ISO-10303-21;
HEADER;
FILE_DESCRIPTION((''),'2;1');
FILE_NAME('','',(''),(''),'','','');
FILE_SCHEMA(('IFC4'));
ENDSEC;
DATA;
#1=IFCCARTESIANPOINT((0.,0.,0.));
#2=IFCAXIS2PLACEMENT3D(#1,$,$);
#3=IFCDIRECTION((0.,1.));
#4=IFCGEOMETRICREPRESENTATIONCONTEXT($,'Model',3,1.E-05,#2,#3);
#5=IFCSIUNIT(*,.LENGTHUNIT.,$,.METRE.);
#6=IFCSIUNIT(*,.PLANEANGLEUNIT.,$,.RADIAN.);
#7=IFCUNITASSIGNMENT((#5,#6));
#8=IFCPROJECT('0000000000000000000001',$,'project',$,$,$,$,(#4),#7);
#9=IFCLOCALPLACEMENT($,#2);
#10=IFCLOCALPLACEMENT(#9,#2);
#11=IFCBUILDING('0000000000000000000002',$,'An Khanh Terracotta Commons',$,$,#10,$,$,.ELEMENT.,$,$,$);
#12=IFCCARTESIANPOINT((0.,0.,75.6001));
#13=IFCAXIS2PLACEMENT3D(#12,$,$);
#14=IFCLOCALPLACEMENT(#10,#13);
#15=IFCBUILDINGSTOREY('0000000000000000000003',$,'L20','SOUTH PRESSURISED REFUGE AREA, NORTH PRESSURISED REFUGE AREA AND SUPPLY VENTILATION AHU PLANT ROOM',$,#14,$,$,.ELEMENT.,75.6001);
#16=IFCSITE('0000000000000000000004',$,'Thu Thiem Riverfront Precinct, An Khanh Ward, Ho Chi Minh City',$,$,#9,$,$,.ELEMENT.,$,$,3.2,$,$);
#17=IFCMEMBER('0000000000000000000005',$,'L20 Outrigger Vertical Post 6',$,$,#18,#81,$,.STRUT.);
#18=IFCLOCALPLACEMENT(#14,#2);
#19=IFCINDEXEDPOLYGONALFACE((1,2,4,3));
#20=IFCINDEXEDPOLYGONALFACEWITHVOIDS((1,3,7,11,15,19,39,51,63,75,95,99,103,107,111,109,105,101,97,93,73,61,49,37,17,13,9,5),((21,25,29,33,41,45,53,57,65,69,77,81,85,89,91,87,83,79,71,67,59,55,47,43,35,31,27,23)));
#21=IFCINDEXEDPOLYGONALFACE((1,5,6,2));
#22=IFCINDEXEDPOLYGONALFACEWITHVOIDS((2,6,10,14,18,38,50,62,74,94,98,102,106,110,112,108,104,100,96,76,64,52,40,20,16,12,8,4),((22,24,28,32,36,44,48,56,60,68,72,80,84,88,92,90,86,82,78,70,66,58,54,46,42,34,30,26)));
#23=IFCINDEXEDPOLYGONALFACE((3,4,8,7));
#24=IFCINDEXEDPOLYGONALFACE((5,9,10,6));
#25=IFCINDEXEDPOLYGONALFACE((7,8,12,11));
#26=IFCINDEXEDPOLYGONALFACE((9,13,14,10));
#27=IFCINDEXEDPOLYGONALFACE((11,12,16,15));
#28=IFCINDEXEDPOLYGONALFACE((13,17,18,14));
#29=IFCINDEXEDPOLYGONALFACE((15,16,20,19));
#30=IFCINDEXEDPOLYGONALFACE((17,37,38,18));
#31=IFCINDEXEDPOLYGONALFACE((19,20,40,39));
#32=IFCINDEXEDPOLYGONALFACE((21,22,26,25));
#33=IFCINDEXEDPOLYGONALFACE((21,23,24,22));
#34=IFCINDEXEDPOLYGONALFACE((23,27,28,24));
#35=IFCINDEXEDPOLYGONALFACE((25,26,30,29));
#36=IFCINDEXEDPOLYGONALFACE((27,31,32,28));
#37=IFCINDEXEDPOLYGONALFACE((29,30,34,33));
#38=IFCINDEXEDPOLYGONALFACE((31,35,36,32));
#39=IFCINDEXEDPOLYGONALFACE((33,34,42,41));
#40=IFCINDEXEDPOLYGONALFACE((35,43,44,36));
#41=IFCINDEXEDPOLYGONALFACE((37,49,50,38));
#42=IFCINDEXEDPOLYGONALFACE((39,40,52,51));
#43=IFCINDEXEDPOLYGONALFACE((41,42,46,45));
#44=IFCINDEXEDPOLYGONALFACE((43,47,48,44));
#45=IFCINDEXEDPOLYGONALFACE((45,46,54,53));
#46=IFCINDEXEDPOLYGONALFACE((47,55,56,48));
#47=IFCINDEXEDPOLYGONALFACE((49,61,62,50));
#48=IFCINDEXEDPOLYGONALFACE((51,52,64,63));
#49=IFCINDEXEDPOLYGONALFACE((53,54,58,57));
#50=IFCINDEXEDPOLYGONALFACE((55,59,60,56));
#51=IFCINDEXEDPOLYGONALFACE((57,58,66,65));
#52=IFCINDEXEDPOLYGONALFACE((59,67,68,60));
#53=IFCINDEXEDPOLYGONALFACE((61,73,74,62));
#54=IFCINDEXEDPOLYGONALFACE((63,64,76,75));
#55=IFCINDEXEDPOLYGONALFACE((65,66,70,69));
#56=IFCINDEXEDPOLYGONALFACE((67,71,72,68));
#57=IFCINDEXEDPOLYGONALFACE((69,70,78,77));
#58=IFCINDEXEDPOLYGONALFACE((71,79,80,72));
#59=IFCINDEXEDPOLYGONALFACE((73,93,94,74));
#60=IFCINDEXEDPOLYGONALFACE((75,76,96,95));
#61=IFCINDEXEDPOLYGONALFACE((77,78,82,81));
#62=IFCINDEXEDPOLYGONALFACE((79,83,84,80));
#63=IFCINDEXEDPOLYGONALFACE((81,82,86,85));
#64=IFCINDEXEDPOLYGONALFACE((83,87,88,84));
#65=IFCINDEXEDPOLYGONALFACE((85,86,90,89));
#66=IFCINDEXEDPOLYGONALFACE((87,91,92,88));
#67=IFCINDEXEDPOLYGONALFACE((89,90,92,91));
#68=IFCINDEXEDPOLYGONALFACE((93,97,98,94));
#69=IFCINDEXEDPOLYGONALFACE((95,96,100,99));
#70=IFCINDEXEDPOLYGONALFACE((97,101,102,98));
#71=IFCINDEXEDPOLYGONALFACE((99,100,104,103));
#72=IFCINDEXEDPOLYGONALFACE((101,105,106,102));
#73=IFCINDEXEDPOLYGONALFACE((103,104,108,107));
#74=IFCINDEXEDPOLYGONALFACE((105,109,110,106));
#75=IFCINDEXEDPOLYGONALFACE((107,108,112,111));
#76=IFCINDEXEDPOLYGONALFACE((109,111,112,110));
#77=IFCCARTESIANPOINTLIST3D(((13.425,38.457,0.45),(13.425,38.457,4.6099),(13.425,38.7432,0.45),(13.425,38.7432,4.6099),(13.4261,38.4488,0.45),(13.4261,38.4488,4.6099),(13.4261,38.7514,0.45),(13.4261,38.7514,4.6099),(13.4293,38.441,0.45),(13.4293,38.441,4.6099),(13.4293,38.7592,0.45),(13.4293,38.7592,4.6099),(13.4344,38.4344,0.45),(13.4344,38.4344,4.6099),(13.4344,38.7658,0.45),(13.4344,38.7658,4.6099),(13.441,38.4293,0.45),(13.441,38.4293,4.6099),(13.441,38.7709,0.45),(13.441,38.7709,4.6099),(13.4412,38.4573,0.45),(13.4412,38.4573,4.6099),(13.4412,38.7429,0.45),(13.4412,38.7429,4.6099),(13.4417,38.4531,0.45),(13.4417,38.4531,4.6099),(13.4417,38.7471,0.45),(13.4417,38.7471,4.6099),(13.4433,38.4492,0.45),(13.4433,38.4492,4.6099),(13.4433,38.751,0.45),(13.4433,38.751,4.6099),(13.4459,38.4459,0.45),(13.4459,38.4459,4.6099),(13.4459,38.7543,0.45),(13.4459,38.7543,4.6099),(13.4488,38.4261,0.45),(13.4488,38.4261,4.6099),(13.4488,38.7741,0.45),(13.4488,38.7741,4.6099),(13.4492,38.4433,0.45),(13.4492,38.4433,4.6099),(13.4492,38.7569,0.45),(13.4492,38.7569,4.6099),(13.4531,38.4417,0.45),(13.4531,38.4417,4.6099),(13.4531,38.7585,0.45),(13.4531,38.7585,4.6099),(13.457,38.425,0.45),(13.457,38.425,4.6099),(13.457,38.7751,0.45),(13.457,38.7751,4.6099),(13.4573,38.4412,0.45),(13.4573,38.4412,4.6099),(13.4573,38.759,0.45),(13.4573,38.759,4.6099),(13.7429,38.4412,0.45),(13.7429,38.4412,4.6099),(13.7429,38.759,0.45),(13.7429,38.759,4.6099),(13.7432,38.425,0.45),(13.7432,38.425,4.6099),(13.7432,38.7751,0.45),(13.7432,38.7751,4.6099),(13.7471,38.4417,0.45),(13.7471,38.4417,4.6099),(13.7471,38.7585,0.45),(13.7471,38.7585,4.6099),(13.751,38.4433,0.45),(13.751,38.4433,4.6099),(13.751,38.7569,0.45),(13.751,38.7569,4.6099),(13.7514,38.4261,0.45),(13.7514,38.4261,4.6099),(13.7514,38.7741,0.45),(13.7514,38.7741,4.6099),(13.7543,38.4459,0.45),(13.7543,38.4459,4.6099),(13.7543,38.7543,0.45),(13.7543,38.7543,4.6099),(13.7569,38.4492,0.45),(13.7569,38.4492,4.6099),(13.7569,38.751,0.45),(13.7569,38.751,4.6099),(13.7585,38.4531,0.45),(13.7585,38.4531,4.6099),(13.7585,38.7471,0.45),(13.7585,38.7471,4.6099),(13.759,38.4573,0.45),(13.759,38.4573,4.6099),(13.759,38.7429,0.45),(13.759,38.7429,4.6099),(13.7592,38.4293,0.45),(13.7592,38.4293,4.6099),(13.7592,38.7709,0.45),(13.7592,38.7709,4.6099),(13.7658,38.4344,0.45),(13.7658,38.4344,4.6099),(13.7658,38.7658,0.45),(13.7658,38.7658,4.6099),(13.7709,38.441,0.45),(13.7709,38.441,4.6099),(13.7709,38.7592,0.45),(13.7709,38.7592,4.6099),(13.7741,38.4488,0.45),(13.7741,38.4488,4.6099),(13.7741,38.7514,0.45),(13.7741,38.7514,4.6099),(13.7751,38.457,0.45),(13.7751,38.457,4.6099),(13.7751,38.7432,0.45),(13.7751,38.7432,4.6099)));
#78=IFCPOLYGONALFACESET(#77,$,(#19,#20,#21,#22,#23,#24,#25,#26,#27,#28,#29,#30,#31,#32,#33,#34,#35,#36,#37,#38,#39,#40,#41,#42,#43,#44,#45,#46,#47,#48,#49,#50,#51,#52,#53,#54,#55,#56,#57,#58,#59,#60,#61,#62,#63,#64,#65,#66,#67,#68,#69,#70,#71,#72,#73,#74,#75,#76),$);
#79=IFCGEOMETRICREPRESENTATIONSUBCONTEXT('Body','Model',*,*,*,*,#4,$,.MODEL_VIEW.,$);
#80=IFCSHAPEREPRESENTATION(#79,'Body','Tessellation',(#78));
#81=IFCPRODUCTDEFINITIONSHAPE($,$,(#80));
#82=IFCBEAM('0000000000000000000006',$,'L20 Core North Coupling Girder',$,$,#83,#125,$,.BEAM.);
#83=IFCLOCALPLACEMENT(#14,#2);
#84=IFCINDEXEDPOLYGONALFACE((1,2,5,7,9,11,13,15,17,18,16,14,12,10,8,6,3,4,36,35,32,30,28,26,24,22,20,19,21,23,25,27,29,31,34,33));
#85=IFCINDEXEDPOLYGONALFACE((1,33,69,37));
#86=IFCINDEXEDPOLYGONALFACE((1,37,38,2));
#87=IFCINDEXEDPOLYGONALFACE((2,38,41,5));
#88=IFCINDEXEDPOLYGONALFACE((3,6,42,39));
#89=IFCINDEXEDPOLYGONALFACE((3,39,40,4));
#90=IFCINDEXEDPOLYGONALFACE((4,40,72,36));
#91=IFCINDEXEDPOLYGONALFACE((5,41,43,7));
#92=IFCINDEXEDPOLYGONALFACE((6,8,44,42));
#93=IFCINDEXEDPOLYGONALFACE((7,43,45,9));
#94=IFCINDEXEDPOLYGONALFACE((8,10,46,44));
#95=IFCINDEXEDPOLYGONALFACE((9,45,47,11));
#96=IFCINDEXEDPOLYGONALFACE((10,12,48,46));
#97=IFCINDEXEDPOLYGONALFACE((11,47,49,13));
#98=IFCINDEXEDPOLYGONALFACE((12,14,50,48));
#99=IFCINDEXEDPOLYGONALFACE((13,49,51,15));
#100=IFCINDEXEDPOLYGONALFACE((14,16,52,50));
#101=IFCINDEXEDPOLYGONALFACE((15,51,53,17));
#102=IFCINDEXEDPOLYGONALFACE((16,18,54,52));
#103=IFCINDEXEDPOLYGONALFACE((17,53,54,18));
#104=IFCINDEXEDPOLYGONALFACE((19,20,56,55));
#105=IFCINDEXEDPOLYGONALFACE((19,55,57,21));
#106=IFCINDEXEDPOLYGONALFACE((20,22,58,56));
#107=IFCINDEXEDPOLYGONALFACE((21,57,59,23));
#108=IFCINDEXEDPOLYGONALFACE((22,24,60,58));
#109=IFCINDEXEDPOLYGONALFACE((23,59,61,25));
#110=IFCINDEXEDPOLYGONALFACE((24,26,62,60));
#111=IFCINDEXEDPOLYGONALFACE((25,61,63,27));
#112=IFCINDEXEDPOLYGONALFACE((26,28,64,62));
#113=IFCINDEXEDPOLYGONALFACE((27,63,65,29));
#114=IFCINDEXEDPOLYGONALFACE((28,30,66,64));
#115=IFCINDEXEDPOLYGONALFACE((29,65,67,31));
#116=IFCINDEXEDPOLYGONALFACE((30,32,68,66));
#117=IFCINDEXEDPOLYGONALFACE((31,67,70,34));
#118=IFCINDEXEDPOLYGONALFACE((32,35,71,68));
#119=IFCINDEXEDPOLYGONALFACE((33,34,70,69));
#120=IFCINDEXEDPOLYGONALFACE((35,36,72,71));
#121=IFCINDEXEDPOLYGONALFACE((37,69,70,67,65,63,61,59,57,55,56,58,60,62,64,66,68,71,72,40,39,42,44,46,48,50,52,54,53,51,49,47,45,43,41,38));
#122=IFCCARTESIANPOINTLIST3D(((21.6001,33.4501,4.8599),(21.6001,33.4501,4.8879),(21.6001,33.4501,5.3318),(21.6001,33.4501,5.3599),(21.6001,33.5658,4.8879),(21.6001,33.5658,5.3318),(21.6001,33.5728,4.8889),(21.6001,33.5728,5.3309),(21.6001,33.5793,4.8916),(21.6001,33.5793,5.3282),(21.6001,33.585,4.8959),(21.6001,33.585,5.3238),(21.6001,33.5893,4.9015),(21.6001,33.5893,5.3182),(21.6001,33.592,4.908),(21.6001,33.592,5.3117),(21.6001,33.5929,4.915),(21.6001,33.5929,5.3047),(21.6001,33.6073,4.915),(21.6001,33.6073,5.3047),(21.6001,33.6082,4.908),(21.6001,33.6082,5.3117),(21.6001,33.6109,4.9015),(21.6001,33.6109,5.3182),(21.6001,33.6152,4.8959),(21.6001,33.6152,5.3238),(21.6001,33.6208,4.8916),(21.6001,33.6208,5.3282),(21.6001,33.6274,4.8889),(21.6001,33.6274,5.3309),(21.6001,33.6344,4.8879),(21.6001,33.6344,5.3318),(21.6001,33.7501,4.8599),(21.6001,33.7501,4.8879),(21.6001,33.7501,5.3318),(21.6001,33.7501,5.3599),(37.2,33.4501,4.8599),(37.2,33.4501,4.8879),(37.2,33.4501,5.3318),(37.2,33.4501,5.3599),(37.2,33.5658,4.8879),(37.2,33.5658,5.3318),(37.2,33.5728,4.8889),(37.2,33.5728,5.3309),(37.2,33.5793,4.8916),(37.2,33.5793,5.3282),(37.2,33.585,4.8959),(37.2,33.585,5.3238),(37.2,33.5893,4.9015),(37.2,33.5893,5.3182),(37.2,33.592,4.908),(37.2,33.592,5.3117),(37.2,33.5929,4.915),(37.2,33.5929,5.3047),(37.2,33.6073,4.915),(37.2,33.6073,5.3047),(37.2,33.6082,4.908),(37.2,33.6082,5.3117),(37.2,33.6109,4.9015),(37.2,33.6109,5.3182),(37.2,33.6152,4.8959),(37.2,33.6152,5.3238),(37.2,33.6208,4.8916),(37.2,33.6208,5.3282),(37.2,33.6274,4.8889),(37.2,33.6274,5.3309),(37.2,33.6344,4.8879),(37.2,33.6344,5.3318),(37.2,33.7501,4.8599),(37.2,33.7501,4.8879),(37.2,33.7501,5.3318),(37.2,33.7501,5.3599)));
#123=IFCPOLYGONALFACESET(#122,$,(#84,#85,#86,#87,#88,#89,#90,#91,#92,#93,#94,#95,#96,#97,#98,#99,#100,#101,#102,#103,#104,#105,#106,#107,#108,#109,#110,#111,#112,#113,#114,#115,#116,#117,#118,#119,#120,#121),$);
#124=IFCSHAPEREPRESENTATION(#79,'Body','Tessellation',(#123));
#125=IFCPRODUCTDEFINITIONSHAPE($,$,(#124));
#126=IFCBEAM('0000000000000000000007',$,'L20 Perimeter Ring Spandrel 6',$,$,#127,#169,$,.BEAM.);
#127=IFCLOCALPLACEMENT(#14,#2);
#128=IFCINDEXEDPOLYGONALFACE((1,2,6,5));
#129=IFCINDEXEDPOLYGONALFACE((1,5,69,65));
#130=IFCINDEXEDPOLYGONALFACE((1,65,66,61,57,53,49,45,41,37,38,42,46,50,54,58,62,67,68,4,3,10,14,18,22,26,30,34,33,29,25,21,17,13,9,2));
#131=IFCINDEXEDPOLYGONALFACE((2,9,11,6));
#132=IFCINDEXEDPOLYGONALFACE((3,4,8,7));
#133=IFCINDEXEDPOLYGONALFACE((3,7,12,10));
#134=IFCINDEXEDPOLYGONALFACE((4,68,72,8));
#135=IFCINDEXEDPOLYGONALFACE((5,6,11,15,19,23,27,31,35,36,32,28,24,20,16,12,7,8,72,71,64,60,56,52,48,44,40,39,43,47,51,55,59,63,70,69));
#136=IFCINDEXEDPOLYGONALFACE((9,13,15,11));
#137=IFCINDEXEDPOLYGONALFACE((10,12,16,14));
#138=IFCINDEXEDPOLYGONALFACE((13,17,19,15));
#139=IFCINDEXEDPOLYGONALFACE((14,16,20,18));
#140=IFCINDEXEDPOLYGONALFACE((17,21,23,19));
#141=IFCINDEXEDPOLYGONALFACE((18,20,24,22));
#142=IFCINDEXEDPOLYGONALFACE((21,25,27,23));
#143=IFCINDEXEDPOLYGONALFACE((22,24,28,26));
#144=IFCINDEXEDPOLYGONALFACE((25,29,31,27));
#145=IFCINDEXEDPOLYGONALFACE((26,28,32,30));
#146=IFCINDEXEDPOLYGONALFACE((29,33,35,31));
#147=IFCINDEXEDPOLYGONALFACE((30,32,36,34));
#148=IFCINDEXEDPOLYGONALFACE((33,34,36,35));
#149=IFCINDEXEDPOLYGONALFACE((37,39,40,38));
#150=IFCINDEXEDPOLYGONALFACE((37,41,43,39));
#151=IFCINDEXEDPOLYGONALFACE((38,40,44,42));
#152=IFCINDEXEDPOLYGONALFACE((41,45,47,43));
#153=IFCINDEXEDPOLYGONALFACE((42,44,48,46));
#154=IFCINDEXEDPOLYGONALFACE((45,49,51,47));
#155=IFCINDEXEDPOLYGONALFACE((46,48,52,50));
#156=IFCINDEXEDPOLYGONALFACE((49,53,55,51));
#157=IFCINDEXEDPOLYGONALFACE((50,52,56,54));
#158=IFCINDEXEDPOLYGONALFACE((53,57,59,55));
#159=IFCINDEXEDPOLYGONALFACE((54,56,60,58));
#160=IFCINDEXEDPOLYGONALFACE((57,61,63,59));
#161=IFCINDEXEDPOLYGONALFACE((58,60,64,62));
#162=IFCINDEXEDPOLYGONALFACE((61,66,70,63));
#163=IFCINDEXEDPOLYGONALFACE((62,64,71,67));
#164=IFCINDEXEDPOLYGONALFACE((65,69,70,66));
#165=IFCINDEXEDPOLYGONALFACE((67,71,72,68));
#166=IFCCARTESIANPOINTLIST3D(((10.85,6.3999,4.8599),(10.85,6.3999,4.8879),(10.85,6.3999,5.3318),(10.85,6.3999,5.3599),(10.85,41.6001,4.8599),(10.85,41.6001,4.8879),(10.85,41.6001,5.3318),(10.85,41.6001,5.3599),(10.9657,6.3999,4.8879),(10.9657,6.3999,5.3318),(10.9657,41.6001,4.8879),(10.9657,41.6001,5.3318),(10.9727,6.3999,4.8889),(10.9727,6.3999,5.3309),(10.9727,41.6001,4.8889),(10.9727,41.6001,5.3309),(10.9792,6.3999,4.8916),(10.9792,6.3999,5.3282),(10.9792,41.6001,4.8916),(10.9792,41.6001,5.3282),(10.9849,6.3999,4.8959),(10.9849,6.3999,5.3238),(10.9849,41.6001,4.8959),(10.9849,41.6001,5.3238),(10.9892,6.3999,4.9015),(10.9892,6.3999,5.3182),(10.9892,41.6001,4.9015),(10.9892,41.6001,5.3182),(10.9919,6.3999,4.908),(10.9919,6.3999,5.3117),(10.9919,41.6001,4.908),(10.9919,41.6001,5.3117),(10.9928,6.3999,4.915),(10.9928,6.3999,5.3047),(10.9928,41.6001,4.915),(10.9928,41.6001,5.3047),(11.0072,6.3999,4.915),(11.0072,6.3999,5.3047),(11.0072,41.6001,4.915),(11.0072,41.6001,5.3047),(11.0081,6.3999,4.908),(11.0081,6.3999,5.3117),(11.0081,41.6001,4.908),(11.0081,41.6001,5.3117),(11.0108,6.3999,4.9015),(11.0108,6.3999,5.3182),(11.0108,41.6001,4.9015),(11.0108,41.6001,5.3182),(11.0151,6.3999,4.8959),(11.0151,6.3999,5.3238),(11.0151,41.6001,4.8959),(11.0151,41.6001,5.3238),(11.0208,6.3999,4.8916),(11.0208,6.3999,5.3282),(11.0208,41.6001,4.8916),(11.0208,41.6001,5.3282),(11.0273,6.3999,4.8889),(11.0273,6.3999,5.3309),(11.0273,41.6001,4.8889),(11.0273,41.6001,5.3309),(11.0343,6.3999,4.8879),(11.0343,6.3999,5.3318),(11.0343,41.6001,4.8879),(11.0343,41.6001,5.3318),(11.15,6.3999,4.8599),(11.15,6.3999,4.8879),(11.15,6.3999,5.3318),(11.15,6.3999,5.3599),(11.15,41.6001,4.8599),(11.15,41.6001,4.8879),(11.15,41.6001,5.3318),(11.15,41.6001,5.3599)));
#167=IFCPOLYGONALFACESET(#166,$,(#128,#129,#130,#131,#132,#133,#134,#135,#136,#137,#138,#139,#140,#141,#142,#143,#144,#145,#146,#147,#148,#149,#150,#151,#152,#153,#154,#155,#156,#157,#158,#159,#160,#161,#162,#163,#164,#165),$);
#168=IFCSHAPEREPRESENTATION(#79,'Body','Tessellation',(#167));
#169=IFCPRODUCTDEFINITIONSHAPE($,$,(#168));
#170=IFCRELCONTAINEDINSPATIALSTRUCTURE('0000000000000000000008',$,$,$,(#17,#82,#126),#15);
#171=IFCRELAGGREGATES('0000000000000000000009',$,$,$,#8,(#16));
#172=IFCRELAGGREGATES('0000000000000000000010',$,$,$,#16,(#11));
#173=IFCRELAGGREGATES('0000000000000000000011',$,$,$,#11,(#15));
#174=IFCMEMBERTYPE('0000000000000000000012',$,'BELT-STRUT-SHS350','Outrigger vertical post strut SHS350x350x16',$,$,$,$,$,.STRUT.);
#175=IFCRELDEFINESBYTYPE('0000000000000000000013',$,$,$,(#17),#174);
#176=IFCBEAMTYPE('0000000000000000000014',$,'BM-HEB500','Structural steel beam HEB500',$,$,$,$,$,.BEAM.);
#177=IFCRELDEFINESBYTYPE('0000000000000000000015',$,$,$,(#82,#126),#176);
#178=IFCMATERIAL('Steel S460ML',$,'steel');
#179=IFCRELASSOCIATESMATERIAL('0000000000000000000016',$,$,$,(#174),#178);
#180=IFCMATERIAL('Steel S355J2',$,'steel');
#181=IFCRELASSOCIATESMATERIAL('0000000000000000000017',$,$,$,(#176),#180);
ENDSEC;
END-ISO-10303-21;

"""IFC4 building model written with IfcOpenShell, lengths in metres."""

from ifc_helpers import new_model, si_unit, direction, frame, origin, origin_2d, place, context, subcontext, project, spatial, hollow_rectangle, i_section, extrude, material, material_profile, profile_set, type_object, element, save


model = new_model("IFC4")

# Units and contexts
model_context = context("Model", 3, precision=1e-05, world=origin(), true_north=direction((0.0, 1.0)))
body_context = subcontext(model_context, "Body", "Model", "MODEL_VIEW")
ifc_project = project(units=[si_unit("LENGTHUNIT", "METRE"), si_unit("PLANEANGLEUNIT", "RADIAN")], contexts=[model_context])

# Site, building, storey
site_placement = place(None, origin())
site = spatial("IfcSite", under=ifc_project, at=site_placement, Name="Thu Thiem Riverfront Precinct, An Khanh Ward, Ho Chi Minh City", CompositionType="ELEMENT", RefElevation=3.2)
building_placement = place(site_placement, origin())
building = spatial("IfcBuilding", under=site, at=building_placement, Name="An Khanh Terracotta Commons", CompositionType="ELEMENT")
storey_placement = place(building_placement, frame((0.0, 0.0, 75.6001)))
storey = spatial("IfcBuildingStorey", under=building, at=storey_placement, Name="L20", Description="SOUTH PRESSURISED REFUGE AREA, NORTH PRESSURISED REFUGE AREA AND SUPPLY VENTILATION AHU PLANT ROOM", CompositionType="ELEMENT", Elevation=75.6001)

# Member
ifc_material_1 = material(Name="Steel S460ML", Category="steel")
ifc_material_profile_1 = material_profile(ifc_material_1, hollow_rectangle(XDim=0.3501, YDim=0.3501, WallThickness=0.0161, InnerFilletRadius=0.0161, OuterFilletRadius=0.032, at=origin_2d()), Name="SHS350x350x16")
ifc_profile_set_1 = profile_set([ifc_material_profile_1], Name="Steel S460ML")
member_type_1 = type_object("IfcMemberType", Name="BELT-STRUT-SHS350", Description="Outrigger vertical post strut SHS350x350x16", PredefinedType="STRUT", material=ifc_profile_set_1)
member_1_placement = place(storey_placement, frame((13.6001, 38.6001, 0.45), z_axis=(0.0, 0.0, 1.0), x_axis=(1.0, 0.0, 0.0)))
element("IfcMember", 1, at=member_1_placement, inside=storey, type_object=member_type_1, Name="L20 Outrigger Vertical Post 6", PredefinedType="STRUT", context=body_context, shape_type="SweptSolid", body=[
    extrude(hollow_rectangle(XDim=0.3501, YDim=0.3501, WallThickness=0.0161, InnerFilletRadius=0.0161, OuterFilletRadius=0.032, at=origin_2d()), origin(), (0.0, 0.0, 1.0), 4.1599),
])

# Beams
ifc_material_2 = material(Name="Steel S355J2", Category="steel")
ifc_material_profile_2 = material_profile(ifc_material_2, i_section(OverallWidth=0.3, OverallDepth=0.5, WebThickness=0.0144, FlangeThickness=0.0281, FilletRadius=0.0271, at=origin_2d()), Name="HEB500")
ifc_profile_set_2 = profile_set([ifc_material_profile_2], Name="Steel S355J2")
beam_type_1 = type_object("IfcBeamType", Name="BM-HEB500", Description="Structural steel beam HEB500", PredefinedType="BEAM", material=ifc_profile_set_2)
beam_1_placement = place(storey_placement, frame((21.6001, 33.6001, 5.1099), z_axis=(1.0, 0.0, 0.0), x_axis=(0.0, 1.0, 0.0)))
element("IfcBeam", 2, at=beam_1_placement, inside=storey, type_object=beam_type_1, Name="L20 Core North Coupling Girder", PredefinedType="BEAM", context=body_context, shape_type="SweptSolid", body=[
    extrude(i_section(OverallWidth=0.3, OverallDepth=0.5, WebThickness=0.0144, FlangeThickness=0.0281, FilletRadius=0.0271, at=origin_2d()), origin(), (0.0, 0.0, 1.0), 15.5999),
])
beam_2_placement = place(storey_placement, frame((11.0, 41.6001, 5.1099), z_axis=(0.0, -1.0, 0.0), x_axis=(1.0, 0.0, 0.0)))
element("IfcBeam", 3, at=beam_2_placement, inside=storey, type_object=beam_type_1, Name="L20 Perimeter Ring Spandrel 6", PredefinedType="BEAM", context=body_context, shape_type="SweptSolid", body=[
    extrude(i_section(OverallWidth=0.3, OverallDepth=0.5, WebThickness=0.0144, FlangeThickness=0.0281, FilletRadius=0.0271, at=origin_2d()), origin(), (0.0, 0.0, 1.0), 35.2002),
])

save(model, "model.ifc")
